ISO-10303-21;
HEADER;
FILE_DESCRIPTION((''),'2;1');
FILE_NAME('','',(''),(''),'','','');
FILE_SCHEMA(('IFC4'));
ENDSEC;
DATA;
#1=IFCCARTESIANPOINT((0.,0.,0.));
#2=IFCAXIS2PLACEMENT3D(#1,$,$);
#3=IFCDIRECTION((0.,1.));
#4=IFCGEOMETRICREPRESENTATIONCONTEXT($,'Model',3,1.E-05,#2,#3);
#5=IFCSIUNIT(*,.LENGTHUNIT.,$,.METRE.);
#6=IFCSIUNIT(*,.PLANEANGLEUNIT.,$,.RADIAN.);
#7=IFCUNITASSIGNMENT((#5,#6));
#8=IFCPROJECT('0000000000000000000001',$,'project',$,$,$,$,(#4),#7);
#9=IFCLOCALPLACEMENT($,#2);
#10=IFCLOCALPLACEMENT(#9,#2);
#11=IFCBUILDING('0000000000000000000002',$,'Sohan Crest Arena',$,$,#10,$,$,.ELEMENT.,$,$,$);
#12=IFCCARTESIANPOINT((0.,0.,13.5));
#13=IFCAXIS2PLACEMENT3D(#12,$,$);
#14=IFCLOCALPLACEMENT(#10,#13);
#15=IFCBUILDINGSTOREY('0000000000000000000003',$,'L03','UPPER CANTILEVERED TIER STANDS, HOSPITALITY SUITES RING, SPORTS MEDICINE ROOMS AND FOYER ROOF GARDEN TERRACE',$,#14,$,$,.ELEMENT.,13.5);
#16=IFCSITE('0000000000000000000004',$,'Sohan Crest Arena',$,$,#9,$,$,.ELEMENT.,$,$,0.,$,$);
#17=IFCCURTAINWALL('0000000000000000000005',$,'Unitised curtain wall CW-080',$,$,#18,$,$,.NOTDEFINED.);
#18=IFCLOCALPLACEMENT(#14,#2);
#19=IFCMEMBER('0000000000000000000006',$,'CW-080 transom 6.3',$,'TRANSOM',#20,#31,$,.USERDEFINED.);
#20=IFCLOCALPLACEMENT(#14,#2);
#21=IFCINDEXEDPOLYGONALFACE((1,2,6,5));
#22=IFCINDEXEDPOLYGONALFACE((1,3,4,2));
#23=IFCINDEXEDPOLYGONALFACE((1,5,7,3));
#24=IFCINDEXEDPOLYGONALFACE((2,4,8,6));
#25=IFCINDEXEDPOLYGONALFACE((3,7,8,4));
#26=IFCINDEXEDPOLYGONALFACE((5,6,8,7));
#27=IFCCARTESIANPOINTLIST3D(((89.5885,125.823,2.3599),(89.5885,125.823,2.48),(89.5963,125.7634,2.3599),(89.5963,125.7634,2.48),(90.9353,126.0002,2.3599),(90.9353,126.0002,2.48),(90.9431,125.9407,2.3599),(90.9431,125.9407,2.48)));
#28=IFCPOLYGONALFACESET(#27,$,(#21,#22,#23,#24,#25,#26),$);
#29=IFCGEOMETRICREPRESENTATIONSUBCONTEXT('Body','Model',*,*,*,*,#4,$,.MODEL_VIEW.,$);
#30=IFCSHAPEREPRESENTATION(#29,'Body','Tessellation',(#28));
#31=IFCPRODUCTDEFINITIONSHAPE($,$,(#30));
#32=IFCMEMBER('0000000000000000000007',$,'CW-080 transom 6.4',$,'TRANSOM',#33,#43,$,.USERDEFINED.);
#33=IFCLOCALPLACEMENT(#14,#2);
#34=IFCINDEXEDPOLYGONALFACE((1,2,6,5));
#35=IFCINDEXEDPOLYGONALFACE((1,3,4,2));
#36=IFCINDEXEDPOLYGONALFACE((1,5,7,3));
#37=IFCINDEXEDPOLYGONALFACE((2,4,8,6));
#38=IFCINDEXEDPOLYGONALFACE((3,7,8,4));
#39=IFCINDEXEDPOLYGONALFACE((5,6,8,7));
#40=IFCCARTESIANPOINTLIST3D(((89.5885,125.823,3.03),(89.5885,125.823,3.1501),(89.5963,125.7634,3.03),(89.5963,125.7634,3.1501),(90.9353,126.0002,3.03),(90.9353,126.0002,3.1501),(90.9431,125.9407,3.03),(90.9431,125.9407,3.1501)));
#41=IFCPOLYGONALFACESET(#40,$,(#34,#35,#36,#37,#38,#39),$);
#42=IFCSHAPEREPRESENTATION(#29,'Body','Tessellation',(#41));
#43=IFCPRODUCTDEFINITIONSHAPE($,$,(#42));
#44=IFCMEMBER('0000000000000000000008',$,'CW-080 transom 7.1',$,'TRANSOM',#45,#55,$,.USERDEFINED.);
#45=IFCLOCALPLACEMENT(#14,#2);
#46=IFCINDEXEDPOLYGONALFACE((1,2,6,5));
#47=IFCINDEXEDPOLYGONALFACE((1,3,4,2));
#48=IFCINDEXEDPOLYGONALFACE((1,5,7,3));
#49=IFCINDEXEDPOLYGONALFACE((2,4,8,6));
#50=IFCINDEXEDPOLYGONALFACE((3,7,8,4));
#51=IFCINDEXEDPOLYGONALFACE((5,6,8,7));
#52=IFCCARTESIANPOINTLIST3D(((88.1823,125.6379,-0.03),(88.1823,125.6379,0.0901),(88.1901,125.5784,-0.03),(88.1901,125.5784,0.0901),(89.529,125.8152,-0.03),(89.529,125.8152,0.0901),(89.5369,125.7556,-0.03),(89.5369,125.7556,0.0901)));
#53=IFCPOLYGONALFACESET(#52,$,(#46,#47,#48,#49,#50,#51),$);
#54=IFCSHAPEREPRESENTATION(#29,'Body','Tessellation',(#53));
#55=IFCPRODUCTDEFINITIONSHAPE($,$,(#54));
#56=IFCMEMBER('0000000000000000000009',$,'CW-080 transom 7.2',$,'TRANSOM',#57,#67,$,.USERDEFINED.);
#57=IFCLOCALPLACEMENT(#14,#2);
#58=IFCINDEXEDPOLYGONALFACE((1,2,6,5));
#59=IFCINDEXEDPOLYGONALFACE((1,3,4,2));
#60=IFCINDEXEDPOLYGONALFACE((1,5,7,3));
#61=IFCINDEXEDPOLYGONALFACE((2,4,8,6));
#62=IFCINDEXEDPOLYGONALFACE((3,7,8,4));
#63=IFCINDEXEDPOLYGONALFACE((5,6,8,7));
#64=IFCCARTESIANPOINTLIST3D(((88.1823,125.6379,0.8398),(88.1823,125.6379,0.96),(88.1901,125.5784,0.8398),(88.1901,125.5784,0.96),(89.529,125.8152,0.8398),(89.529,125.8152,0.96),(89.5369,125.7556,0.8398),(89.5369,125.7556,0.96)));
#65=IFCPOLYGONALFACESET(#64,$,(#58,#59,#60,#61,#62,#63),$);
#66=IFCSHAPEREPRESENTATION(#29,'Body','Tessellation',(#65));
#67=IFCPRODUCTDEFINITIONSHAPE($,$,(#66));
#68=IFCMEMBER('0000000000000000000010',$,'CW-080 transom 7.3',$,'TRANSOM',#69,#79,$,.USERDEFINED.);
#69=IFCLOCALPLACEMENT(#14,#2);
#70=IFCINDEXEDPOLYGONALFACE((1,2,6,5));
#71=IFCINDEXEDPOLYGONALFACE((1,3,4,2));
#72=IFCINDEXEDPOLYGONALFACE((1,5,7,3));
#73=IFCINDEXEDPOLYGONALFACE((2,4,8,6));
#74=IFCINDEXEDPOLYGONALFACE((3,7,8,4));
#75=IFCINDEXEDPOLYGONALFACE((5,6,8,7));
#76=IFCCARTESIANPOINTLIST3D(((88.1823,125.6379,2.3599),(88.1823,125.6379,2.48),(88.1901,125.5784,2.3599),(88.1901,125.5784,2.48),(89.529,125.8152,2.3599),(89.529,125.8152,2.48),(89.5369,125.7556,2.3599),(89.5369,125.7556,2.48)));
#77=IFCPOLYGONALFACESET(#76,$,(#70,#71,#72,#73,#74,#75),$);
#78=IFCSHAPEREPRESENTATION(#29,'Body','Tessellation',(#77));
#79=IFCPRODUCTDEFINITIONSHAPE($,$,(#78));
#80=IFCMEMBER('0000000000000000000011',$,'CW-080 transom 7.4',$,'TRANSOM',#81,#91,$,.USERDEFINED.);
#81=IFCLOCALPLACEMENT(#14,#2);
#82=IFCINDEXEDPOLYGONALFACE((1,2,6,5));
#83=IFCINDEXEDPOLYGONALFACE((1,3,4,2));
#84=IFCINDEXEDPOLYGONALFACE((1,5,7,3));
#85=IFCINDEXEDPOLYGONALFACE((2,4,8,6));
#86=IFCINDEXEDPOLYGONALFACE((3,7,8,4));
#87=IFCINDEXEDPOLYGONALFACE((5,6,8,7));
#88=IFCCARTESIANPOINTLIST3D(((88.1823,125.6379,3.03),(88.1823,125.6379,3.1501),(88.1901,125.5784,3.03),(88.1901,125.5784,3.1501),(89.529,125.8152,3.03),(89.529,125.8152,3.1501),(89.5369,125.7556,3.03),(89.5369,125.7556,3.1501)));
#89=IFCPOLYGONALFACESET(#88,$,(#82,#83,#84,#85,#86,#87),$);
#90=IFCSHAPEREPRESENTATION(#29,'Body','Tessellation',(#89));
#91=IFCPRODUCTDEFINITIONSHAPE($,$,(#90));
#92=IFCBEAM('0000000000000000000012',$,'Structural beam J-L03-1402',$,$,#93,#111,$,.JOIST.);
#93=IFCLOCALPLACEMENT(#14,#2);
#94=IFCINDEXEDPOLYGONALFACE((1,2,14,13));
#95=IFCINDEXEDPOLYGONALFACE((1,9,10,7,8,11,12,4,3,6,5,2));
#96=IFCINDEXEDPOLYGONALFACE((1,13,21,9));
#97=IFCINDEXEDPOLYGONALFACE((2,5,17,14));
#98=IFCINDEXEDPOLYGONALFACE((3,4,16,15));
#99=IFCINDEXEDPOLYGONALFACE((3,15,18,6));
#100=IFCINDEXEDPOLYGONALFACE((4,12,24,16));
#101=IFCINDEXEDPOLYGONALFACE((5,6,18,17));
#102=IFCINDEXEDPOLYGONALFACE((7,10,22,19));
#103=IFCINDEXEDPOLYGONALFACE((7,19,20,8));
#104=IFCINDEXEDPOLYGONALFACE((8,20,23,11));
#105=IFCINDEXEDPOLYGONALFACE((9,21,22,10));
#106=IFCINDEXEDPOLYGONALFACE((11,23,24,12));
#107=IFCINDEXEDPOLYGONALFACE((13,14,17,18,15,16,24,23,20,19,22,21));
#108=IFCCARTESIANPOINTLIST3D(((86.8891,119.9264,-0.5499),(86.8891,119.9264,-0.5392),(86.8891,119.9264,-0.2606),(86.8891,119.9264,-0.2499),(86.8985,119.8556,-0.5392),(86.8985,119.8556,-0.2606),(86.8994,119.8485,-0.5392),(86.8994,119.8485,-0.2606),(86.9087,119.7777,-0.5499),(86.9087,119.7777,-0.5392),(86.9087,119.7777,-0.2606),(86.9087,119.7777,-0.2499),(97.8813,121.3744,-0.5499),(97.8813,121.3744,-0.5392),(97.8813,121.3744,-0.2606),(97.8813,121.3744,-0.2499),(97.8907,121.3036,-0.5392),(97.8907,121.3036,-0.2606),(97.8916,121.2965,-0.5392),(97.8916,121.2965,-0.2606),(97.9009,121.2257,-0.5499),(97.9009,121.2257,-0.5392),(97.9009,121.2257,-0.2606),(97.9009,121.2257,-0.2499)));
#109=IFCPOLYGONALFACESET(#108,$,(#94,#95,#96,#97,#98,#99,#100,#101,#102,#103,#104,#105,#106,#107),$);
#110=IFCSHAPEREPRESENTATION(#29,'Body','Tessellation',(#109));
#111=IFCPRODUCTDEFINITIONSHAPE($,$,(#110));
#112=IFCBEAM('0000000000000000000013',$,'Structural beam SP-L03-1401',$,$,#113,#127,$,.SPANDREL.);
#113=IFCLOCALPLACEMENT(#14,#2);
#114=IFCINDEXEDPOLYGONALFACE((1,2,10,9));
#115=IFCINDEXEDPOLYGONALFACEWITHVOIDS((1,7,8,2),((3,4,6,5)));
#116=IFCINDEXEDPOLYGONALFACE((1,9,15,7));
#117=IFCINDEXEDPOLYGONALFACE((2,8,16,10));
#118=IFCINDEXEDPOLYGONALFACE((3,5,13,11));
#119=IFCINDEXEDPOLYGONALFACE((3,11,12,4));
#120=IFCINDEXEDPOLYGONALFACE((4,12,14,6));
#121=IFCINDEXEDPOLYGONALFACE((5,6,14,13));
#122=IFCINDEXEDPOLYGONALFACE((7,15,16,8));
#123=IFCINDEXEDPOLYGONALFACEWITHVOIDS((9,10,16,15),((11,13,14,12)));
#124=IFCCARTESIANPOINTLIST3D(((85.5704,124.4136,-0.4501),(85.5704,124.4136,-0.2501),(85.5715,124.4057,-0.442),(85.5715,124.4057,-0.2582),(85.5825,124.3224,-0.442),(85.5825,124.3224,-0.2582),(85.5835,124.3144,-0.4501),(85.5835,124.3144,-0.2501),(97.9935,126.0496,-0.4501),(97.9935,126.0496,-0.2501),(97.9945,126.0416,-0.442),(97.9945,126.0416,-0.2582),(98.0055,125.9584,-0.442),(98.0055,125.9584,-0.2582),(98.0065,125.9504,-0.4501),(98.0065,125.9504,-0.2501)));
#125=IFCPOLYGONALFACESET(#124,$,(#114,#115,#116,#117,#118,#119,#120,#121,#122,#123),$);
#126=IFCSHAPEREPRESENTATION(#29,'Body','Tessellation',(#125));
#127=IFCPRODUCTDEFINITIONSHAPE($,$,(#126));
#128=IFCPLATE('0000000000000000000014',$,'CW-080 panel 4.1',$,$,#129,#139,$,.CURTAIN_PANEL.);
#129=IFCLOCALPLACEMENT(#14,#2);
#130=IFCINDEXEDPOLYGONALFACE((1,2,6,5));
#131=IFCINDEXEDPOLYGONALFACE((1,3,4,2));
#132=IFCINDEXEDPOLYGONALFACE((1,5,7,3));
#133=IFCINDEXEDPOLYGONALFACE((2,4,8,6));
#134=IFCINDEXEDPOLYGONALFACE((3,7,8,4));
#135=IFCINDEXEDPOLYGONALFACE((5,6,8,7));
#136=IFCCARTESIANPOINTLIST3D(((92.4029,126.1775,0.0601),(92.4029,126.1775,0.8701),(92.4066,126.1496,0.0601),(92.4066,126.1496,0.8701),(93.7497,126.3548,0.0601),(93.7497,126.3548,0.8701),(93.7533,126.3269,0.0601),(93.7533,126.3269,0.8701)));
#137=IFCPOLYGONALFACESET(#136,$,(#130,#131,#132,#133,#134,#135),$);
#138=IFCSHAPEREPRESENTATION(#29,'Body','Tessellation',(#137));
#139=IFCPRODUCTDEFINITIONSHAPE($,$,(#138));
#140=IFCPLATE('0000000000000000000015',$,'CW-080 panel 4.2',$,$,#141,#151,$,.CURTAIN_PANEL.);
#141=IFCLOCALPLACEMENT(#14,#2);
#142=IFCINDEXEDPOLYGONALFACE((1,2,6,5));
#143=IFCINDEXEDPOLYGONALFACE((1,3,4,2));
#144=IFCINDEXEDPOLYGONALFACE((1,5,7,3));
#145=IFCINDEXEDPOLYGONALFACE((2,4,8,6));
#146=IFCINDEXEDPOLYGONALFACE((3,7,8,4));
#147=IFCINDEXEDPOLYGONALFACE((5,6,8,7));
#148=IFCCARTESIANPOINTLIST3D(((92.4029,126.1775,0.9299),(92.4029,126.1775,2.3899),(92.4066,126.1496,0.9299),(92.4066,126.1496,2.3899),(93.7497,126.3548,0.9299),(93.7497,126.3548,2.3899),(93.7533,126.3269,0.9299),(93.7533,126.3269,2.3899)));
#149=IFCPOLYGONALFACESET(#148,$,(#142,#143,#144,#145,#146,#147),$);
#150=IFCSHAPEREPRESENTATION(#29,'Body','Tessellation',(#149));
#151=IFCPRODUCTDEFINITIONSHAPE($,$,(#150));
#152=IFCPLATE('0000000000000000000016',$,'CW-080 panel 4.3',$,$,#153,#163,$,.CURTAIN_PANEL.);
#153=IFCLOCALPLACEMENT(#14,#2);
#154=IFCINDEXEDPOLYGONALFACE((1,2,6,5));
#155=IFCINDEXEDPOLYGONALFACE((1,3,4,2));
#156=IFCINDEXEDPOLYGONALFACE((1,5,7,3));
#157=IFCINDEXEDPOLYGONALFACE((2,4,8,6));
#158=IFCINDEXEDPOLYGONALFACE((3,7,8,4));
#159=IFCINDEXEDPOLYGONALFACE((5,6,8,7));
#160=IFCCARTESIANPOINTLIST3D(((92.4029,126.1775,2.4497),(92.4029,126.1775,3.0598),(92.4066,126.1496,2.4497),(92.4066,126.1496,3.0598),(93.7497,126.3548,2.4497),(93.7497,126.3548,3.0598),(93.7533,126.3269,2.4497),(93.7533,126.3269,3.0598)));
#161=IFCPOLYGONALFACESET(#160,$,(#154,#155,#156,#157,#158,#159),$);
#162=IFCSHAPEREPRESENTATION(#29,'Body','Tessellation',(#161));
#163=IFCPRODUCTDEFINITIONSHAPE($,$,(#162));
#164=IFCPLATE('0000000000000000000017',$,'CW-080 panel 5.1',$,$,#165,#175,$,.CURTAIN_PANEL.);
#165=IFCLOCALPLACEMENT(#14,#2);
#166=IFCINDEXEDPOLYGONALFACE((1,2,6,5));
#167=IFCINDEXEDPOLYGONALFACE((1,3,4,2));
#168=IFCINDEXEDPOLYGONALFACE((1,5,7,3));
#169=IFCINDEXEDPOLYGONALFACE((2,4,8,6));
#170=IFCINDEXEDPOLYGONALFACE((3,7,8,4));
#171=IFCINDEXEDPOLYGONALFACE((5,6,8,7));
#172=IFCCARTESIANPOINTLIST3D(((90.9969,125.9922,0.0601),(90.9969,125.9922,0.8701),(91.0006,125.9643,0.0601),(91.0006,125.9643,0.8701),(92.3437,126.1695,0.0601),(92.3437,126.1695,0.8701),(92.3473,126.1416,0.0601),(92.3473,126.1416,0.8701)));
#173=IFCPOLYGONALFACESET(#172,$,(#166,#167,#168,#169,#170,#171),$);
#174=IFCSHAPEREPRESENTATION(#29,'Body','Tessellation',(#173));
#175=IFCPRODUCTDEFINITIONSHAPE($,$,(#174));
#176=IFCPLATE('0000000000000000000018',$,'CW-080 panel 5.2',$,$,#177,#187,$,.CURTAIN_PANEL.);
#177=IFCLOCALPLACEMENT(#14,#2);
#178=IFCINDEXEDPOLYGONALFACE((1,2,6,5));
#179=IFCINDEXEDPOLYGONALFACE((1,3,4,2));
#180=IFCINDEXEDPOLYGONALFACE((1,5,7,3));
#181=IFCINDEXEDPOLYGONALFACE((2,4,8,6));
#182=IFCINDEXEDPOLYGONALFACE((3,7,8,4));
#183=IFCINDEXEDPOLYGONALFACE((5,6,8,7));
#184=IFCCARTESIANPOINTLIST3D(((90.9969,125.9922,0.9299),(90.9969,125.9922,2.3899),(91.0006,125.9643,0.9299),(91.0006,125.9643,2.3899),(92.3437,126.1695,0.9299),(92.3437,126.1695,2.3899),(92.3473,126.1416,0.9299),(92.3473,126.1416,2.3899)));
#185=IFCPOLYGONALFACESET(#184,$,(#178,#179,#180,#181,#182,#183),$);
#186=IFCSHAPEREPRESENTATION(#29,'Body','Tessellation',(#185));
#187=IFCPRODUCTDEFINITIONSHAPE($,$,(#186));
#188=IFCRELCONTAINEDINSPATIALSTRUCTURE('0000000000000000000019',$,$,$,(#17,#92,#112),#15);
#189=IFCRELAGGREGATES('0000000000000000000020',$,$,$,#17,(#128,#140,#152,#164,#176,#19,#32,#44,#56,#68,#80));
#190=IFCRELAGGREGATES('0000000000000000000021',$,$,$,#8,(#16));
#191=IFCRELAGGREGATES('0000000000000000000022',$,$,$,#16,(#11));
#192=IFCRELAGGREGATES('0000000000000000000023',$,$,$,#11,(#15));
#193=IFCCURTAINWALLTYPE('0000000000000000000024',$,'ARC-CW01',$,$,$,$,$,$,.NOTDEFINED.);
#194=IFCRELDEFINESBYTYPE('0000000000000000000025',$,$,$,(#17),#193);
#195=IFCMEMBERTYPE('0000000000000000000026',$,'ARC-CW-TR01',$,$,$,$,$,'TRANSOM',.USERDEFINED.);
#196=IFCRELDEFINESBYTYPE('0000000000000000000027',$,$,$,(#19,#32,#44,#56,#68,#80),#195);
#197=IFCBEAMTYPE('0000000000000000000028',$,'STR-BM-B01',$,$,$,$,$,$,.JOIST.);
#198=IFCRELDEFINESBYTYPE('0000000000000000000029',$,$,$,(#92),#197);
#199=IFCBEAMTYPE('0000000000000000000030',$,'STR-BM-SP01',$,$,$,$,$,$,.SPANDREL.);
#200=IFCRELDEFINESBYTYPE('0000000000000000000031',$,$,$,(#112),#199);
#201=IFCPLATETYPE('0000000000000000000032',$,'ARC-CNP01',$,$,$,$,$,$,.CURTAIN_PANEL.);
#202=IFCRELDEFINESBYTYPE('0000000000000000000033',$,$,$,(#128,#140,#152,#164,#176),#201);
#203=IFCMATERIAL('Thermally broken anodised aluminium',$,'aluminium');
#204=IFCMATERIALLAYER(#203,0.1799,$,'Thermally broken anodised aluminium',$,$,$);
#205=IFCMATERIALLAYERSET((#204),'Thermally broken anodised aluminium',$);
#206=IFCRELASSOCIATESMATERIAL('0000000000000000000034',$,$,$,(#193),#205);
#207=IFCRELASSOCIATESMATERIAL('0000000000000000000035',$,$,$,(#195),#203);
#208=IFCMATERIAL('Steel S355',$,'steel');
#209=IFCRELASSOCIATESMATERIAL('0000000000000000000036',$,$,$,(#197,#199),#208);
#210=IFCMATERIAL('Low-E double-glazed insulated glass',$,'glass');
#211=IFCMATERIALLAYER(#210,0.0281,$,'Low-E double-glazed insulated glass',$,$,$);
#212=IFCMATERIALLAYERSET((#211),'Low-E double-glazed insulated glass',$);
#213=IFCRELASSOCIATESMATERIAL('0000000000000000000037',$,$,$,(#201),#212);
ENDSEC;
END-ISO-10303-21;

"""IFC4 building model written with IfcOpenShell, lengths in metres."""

from ifc_helpers import new_model, si_unit, direction, frame, origin, origin_2d, place, context, subcontext, project, spatial, rectangle, hollow_rectangle, i_section, extrude, material, layer, layer_set, material_profile, profile_set, type_object, element, aggregate, save


model = new_model("IFC4")

# Units and contexts
model_context = context("Model", 3, precision=1e-05, world=origin(), true_north=direction((0.0, 1.0)))
body_context = subcontext(model_context, "Body", "Model", "MODEL_VIEW")
ifc_project = project(units=[si_unit("LENGTHUNIT", "METRE"), si_unit("PLANEANGLEUNIT", "RADIAN")], contexts=[model_context])

# Site, building, storey
site_placement = place(None, origin())
site = spatial("IfcSite", under=ifc_project, at=site_placement, Name="Sohan Crest Arena", CompositionType="ELEMENT", RefElevation=0.0)
building_placement = place(site_placement, origin())
building = spatial("IfcBuilding", under=site, at=building_placement, Name="Sohan Crest Arena", CompositionType="ELEMENT")
storey_placement = place(building_placement, frame((0.0, 0.0, 13.5)))
storey = spatial("IfcBuildingStorey", under=building, at=storey_placement, Name="L03", Description="UPPER CANTILEVERED TIER STANDS, HOSPITALITY SUITES RING, SPORTS MEDICINE ROOMS AND FOYER ROOF GARDEN TERRACE", CompositionType="ELEMENT", Elevation=13.5)

# Shared definitions
ifc_material_1 = material(Name="Steel S355", Category="steel")

# Curtain wall, members
ifc_material_2 = material(Name="Thermally broken anodised aluminium", Category="aluminium")
ifc_layer_1 = layer(ifc_material_2, 0.1799, Name="Thermally broken anodised aluminium")
ifc_layer_set_1 = layer_set([ifc_layer_1], Name="Thermally broken anodised aluminium")
curtain_wall_type = type_object("IfcCurtainWallType", Name="ARC-CW01", PredefinedType="NOTDEFINED", material=ifc_layer_set_1)
curtain_wall_placement = place(storey_placement, origin())
curtain_wall = element("IfcCurtainWall", 1, at=curtain_wall_placement, inside=storey, type_object=curtain_wall_type, Name="Unitised curtain wall CW-080", PredefinedType="NOTDEFINED")
ifc_material_profile_1 = material_profile(ifc_material_2, rectangle(XDim=0.0601, YDim=0.1201, at=origin_2d()), Name="ALU-TRAN 60x120")
ifc_profile_set_1 = profile_set([ifc_material_profile_1], Name="Thermally broken anodised aluminium")
member_type_1 = type_object("IfcMemberType", Name="ARC-CW-TR01", ElementType="TRANSOM", PredefinedType="USERDEFINED", material=ifc_profile_set_1)
member_1_placement = place(storey_placement, frame((90.9392, 125.9705, 2.4199), z_axis=(-0.991449, -0.130492, 0.0), x_axis=(0.130492, -0.991449, 0.0)))
member_1 = element("IfcMember", 2, at=member_1_placement, type_object=member_type_1, Name="CW-080 transom 6.3", ObjectType="TRANSOM", PredefinedType="USERDEFINED", context=body_context, shape_type="SweptSolid", body=[
    extrude(rectangle(XDim=0.0601, YDim=0.1201, at=origin_2d()), origin(), (0.0, 0.0, 1.0), 1.3584),
])
member_2_placement = place(storey_placement, frame((90.9392, 125.9705, 3.0901), z_axis=(-0.991449, -0.130492, 0.0), x_axis=(0.130492, -0.991449, 0.0)))
member_2 = element("IfcMember", 3, at=member_2_placement, type_object=member_type_1, Name="CW-080 transom 6.4", ObjectType="TRANSOM", PredefinedType="USERDEFINED", context=body_context, shape_type="SweptSolid", body=[
    extrude(rectangle(XDim=0.0601, YDim=0.1201, at=origin_2d()), origin(), (0.0, 0.0, 1.0), 1.3584),
])
member_3_placement = place(storey_placement, frame((89.533, 125.7854, 0.03), z_axis=(-0.991449, -0.130492, 0.0), x_axis=(0.130492, -0.991449, 0.0)))
member_3 = element("IfcMember", 4, at=member_3_placement, type_object=member_type_1, Name="CW-080 transom 7.1", ObjectType="TRANSOM", PredefinedType="USERDEFINED", context=body_context, shape_type="SweptSolid", body=[
    extrude(rectangle(XDim=0.0601, YDim=0.1201, at=origin_2d()), origin(), (0.0, 0.0, 1.0), 1.3584),
])
member_4_placement = place(storey_placement, frame((89.533, 125.7854, 0.8999), z_axis=(-0.991449, -0.130492, 0.0), x_axis=(0.130492, -0.991449, 0.0)))
member_4 = element("IfcMember", 5, at=member_4_placement, type_object=member_type_1, Name="CW-080 transom 7.2", ObjectType="TRANSOM", PredefinedType="USERDEFINED", context=body_context, shape_type="SweptSolid", body=[
    extrude(rectangle(XDim=0.0601, YDim=0.1201, at=origin_2d()), origin(), (0.0, 0.0, 1.0), 1.3584),
])
member_5_placement = place(storey_placement, frame((89.533, 125.7854, 2.4199), z_axis=(-0.991449, -0.130492, 0.0), x_axis=(0.130492, -0.991449, 0.0)))
member_5 = element("IfcMember", 6, at=member_5_placement, type_object=member_type_1, Name="CW-080 transom 7.3", ObjectType="TRANSOM", PredefinedType="USERDEFINED", context=body_context, shape_type="SweptSolid", body=[
    extrude(rectangle(XDim=0.0601, YDim=0.1201, at=origin_2d()), origin(), (0.0, 0.0, 1.0), 1.3584),
])
member_6_placement = place(storey_placement, frame((89.533, 125.7854, 3.0901), z_axis=(-0.991449, -0.130492, 0.0), x_axis=(0.130492, -0.991449, 0.0)))
member_6 = element("IfcMember", 7, at=member_6_placement, type_object=member_type_1, Name="CW-080 transom 7.4", ObjectType="TRANSOM", PredefinedType="USERDEFINED", context=body_context, shape_type="SweptSolid", body=[
    extrude(rectangle(XDim=0.0601, YDim=0.1201, at=origin_2d()), origin(), (0.0, 0.0, 1.0), 1.3584),
])

# Beams
ifc_material_profile_2 = material_profile(ifc_material_1, i_section(OverallWidth=0.1499, OverallDepth=0.3, WebThickness=0.0071, FlangeThickness=0.0107, at=origin_2d()), Name="IPE 300")
ifc_profile_set_2 = profile_set([ifc_material_profile_2], Name="Steel S355")
beam_type_1 = type_object("IfcBeamType", Name="STR-BM-B01", PredefinedType="JOIST", material=ifc_profile_set_2)
beam_1_placement = place(storey_placement, frame((97.8911, 121.3, -0.3999), z_axis=(-0.991435, -0.130601, 0.0), x_axis=(0.130601, -0.991435, 0.0)))
element("IfcBeam", 8, at=beam_1_placement, inside=storey, type_object=beam_type_1, Name="Structural beam J-L03-1402", PredefinedType="JOIST", context=body_context, shape_type="SweptSolid", body=[
    extrude(i_section(OverallWidth=0.1499, OverallDepth=0.3, WebThickness=0.0071, FlangeThickness=0.0107, at=origin_2d()), origin(), (0.0, 0.0, 1.0), 11.0872),
])
ifc_material_profile_3 = material_profile(ifc_material_1, hollow_rectangle(XDim=0.1001, YDim=0.2, WallThickness=0.0081, at=origin_2d()), Name="RHS 200x100x8")
ifc_profile_set_3 = profile_set([ifc_material_profile_3], Name="Steel S355")
beam_type_2 = type_object("IfcBeamType", Name="STR-BM-SP01", PredefinedType="SPANDREL", material=ifc_profile_set_3)
beam_2_placement = place(storey_placement, frame((98.0, 126.0, -0.3501), z_axis=(-0.99144, -0.130562, 0.0), x_axis=(0.130562, -0.99144, 0.0)))
element("IfcBeam", 9, at=beam_2_placement, inside=storey, type_object=beam_type_2, Name="Structural beam SP-L03-1401", PredefinedType="SPANDREL", context=body_context, shape_type="SweptSolid", body=[
    extrude(hollow_rectangle(XDim=0.1001, YDim=0.2, WallThickness=0.0081, at=origin_2d()), origin(), (0.0, 0.0, 1.0), 12.5303),
])

# Plates
ifc_material_3 = material(Name="Low-E double-glazed insulated glass", Category="glass")
ifc_layer_2 = layer(ifc_material_3, 0.0281, Name="Low-E double-glazed insulated glass")
ifc_layer_set_2 = layer_set([ifc_layer_2], Name="Low-E double-glazed insulated glass")
plate_type = type_object("IfcPlateType", Name="ARC-CNP01", PredefinedType="CURTAIN_PANEL", material=ifc_layer_set_2)
plate_1_placement = place(storey_placement, frame((93.0781, 126.2522, 0.0601), z_axis=(0.0, 0.0, 1.0), x_axis=(-0.991447, -0.130511, 0.0)))
plate_1 = element("IfcPlate", 10, at=plate_1_placement, type_object=plate_type, Name="CW-080 panel 4.1", PredefinedType="CURTAIN_PANEL", context=body_context, shape_type="SweptSolid", body=[
    extrude(rectangle(XDim=1.3584, YDim=0.0281, at=origin_2d()), origin(), (0.0, 0.0, 1.0), 0.8101),
])
plate_2_placement = place(storey_placement, frame((93.0781, 126.2522, 0.9299), z_axis=(0.0, 0.0, 1.0), x_axis=(-0.991447, -0.130511, 0.0)))
plate_2 = element("IfcPlate", 11, at=plate_2_placement, type_object=plate_type, Name="CW-080 panel 4.2", PredefinedType="CURTAIN_PANEL", context=body_context, shape_type="SweptSolid", body=[
    extrude(rectangle(XDim=1.3584, YDim=0.0281, at=origin_2d()), origin(), (0.0, 0.0, 1.0), 1.46),
])
plate_3_placement = place(storey_placement, frame((93.0781, 126.2522, 2.4497), z_axis=(0.0, 0.0, 1.0), x_axis=(-0.991447, -0.130511, 0.0)))
plate_3 = element("IfcPlate", 12, at=plate_3_placement, type_object=plate_type, Name="CW-080 panel 4.3", PredefinedType="CURTAIN_PANEL", context=body_context, shape_type="SweptSolid", body=[
    extrude(rectangle(XDim=1.3584, YDim=0.0281, at=origin_2d()), origin(), (0.0, 0.0, 1.0), 0.6101),
])
plate_4_placement = place(storey_placement, frame((91.6721, 126.0669, 0.0601), z_axis=(0.0, 0.0, 1.0), x_axis=(-0.991447, -0.130511, 0.0)))
plate_4 = element("IfcPlate", 13, at=plate_4_placement, type_object=plate_type, Name="CW-080 panel 5.1", PredefinedType="CURTAIN_PANEL", context=body_context, shape_type="SweptSolid", body=[
    extrude(rectangle(XDim=1.3584, YDim=0.0281, at=origin_2d()), origin(), (0.0, 0.0, 1.0), 0.8101),
])
plate_5_placement = place(storey_placement, frame((91.6721, 126.0669, 0.9299), z_axis=(0.0, 0.0, 1.0), x_axis=(-0.991447, -0.130511, 0.0)))
plate_5 = element("IfcPlate", 14, at=plate_5_placement, type_object=plate_type, Name="CW-080 panel 5.2", PredefinedType="CURTAIN_PANEL", context=body_context, shape_type="SweptSolid", body=[
    extrude(rectangle(XDim=1.3584, YDim=0.0281, at=origin_2d()), origin(), (0.0, 0.0, 1.0), 1.46),
])
aggregate(curtain_wall, [plate_1, plate_2, plate_3, plate_4, plate_5, member_1, member_2, member_3, member_4, member_5, member_6])

save(model, "model.ifc")
